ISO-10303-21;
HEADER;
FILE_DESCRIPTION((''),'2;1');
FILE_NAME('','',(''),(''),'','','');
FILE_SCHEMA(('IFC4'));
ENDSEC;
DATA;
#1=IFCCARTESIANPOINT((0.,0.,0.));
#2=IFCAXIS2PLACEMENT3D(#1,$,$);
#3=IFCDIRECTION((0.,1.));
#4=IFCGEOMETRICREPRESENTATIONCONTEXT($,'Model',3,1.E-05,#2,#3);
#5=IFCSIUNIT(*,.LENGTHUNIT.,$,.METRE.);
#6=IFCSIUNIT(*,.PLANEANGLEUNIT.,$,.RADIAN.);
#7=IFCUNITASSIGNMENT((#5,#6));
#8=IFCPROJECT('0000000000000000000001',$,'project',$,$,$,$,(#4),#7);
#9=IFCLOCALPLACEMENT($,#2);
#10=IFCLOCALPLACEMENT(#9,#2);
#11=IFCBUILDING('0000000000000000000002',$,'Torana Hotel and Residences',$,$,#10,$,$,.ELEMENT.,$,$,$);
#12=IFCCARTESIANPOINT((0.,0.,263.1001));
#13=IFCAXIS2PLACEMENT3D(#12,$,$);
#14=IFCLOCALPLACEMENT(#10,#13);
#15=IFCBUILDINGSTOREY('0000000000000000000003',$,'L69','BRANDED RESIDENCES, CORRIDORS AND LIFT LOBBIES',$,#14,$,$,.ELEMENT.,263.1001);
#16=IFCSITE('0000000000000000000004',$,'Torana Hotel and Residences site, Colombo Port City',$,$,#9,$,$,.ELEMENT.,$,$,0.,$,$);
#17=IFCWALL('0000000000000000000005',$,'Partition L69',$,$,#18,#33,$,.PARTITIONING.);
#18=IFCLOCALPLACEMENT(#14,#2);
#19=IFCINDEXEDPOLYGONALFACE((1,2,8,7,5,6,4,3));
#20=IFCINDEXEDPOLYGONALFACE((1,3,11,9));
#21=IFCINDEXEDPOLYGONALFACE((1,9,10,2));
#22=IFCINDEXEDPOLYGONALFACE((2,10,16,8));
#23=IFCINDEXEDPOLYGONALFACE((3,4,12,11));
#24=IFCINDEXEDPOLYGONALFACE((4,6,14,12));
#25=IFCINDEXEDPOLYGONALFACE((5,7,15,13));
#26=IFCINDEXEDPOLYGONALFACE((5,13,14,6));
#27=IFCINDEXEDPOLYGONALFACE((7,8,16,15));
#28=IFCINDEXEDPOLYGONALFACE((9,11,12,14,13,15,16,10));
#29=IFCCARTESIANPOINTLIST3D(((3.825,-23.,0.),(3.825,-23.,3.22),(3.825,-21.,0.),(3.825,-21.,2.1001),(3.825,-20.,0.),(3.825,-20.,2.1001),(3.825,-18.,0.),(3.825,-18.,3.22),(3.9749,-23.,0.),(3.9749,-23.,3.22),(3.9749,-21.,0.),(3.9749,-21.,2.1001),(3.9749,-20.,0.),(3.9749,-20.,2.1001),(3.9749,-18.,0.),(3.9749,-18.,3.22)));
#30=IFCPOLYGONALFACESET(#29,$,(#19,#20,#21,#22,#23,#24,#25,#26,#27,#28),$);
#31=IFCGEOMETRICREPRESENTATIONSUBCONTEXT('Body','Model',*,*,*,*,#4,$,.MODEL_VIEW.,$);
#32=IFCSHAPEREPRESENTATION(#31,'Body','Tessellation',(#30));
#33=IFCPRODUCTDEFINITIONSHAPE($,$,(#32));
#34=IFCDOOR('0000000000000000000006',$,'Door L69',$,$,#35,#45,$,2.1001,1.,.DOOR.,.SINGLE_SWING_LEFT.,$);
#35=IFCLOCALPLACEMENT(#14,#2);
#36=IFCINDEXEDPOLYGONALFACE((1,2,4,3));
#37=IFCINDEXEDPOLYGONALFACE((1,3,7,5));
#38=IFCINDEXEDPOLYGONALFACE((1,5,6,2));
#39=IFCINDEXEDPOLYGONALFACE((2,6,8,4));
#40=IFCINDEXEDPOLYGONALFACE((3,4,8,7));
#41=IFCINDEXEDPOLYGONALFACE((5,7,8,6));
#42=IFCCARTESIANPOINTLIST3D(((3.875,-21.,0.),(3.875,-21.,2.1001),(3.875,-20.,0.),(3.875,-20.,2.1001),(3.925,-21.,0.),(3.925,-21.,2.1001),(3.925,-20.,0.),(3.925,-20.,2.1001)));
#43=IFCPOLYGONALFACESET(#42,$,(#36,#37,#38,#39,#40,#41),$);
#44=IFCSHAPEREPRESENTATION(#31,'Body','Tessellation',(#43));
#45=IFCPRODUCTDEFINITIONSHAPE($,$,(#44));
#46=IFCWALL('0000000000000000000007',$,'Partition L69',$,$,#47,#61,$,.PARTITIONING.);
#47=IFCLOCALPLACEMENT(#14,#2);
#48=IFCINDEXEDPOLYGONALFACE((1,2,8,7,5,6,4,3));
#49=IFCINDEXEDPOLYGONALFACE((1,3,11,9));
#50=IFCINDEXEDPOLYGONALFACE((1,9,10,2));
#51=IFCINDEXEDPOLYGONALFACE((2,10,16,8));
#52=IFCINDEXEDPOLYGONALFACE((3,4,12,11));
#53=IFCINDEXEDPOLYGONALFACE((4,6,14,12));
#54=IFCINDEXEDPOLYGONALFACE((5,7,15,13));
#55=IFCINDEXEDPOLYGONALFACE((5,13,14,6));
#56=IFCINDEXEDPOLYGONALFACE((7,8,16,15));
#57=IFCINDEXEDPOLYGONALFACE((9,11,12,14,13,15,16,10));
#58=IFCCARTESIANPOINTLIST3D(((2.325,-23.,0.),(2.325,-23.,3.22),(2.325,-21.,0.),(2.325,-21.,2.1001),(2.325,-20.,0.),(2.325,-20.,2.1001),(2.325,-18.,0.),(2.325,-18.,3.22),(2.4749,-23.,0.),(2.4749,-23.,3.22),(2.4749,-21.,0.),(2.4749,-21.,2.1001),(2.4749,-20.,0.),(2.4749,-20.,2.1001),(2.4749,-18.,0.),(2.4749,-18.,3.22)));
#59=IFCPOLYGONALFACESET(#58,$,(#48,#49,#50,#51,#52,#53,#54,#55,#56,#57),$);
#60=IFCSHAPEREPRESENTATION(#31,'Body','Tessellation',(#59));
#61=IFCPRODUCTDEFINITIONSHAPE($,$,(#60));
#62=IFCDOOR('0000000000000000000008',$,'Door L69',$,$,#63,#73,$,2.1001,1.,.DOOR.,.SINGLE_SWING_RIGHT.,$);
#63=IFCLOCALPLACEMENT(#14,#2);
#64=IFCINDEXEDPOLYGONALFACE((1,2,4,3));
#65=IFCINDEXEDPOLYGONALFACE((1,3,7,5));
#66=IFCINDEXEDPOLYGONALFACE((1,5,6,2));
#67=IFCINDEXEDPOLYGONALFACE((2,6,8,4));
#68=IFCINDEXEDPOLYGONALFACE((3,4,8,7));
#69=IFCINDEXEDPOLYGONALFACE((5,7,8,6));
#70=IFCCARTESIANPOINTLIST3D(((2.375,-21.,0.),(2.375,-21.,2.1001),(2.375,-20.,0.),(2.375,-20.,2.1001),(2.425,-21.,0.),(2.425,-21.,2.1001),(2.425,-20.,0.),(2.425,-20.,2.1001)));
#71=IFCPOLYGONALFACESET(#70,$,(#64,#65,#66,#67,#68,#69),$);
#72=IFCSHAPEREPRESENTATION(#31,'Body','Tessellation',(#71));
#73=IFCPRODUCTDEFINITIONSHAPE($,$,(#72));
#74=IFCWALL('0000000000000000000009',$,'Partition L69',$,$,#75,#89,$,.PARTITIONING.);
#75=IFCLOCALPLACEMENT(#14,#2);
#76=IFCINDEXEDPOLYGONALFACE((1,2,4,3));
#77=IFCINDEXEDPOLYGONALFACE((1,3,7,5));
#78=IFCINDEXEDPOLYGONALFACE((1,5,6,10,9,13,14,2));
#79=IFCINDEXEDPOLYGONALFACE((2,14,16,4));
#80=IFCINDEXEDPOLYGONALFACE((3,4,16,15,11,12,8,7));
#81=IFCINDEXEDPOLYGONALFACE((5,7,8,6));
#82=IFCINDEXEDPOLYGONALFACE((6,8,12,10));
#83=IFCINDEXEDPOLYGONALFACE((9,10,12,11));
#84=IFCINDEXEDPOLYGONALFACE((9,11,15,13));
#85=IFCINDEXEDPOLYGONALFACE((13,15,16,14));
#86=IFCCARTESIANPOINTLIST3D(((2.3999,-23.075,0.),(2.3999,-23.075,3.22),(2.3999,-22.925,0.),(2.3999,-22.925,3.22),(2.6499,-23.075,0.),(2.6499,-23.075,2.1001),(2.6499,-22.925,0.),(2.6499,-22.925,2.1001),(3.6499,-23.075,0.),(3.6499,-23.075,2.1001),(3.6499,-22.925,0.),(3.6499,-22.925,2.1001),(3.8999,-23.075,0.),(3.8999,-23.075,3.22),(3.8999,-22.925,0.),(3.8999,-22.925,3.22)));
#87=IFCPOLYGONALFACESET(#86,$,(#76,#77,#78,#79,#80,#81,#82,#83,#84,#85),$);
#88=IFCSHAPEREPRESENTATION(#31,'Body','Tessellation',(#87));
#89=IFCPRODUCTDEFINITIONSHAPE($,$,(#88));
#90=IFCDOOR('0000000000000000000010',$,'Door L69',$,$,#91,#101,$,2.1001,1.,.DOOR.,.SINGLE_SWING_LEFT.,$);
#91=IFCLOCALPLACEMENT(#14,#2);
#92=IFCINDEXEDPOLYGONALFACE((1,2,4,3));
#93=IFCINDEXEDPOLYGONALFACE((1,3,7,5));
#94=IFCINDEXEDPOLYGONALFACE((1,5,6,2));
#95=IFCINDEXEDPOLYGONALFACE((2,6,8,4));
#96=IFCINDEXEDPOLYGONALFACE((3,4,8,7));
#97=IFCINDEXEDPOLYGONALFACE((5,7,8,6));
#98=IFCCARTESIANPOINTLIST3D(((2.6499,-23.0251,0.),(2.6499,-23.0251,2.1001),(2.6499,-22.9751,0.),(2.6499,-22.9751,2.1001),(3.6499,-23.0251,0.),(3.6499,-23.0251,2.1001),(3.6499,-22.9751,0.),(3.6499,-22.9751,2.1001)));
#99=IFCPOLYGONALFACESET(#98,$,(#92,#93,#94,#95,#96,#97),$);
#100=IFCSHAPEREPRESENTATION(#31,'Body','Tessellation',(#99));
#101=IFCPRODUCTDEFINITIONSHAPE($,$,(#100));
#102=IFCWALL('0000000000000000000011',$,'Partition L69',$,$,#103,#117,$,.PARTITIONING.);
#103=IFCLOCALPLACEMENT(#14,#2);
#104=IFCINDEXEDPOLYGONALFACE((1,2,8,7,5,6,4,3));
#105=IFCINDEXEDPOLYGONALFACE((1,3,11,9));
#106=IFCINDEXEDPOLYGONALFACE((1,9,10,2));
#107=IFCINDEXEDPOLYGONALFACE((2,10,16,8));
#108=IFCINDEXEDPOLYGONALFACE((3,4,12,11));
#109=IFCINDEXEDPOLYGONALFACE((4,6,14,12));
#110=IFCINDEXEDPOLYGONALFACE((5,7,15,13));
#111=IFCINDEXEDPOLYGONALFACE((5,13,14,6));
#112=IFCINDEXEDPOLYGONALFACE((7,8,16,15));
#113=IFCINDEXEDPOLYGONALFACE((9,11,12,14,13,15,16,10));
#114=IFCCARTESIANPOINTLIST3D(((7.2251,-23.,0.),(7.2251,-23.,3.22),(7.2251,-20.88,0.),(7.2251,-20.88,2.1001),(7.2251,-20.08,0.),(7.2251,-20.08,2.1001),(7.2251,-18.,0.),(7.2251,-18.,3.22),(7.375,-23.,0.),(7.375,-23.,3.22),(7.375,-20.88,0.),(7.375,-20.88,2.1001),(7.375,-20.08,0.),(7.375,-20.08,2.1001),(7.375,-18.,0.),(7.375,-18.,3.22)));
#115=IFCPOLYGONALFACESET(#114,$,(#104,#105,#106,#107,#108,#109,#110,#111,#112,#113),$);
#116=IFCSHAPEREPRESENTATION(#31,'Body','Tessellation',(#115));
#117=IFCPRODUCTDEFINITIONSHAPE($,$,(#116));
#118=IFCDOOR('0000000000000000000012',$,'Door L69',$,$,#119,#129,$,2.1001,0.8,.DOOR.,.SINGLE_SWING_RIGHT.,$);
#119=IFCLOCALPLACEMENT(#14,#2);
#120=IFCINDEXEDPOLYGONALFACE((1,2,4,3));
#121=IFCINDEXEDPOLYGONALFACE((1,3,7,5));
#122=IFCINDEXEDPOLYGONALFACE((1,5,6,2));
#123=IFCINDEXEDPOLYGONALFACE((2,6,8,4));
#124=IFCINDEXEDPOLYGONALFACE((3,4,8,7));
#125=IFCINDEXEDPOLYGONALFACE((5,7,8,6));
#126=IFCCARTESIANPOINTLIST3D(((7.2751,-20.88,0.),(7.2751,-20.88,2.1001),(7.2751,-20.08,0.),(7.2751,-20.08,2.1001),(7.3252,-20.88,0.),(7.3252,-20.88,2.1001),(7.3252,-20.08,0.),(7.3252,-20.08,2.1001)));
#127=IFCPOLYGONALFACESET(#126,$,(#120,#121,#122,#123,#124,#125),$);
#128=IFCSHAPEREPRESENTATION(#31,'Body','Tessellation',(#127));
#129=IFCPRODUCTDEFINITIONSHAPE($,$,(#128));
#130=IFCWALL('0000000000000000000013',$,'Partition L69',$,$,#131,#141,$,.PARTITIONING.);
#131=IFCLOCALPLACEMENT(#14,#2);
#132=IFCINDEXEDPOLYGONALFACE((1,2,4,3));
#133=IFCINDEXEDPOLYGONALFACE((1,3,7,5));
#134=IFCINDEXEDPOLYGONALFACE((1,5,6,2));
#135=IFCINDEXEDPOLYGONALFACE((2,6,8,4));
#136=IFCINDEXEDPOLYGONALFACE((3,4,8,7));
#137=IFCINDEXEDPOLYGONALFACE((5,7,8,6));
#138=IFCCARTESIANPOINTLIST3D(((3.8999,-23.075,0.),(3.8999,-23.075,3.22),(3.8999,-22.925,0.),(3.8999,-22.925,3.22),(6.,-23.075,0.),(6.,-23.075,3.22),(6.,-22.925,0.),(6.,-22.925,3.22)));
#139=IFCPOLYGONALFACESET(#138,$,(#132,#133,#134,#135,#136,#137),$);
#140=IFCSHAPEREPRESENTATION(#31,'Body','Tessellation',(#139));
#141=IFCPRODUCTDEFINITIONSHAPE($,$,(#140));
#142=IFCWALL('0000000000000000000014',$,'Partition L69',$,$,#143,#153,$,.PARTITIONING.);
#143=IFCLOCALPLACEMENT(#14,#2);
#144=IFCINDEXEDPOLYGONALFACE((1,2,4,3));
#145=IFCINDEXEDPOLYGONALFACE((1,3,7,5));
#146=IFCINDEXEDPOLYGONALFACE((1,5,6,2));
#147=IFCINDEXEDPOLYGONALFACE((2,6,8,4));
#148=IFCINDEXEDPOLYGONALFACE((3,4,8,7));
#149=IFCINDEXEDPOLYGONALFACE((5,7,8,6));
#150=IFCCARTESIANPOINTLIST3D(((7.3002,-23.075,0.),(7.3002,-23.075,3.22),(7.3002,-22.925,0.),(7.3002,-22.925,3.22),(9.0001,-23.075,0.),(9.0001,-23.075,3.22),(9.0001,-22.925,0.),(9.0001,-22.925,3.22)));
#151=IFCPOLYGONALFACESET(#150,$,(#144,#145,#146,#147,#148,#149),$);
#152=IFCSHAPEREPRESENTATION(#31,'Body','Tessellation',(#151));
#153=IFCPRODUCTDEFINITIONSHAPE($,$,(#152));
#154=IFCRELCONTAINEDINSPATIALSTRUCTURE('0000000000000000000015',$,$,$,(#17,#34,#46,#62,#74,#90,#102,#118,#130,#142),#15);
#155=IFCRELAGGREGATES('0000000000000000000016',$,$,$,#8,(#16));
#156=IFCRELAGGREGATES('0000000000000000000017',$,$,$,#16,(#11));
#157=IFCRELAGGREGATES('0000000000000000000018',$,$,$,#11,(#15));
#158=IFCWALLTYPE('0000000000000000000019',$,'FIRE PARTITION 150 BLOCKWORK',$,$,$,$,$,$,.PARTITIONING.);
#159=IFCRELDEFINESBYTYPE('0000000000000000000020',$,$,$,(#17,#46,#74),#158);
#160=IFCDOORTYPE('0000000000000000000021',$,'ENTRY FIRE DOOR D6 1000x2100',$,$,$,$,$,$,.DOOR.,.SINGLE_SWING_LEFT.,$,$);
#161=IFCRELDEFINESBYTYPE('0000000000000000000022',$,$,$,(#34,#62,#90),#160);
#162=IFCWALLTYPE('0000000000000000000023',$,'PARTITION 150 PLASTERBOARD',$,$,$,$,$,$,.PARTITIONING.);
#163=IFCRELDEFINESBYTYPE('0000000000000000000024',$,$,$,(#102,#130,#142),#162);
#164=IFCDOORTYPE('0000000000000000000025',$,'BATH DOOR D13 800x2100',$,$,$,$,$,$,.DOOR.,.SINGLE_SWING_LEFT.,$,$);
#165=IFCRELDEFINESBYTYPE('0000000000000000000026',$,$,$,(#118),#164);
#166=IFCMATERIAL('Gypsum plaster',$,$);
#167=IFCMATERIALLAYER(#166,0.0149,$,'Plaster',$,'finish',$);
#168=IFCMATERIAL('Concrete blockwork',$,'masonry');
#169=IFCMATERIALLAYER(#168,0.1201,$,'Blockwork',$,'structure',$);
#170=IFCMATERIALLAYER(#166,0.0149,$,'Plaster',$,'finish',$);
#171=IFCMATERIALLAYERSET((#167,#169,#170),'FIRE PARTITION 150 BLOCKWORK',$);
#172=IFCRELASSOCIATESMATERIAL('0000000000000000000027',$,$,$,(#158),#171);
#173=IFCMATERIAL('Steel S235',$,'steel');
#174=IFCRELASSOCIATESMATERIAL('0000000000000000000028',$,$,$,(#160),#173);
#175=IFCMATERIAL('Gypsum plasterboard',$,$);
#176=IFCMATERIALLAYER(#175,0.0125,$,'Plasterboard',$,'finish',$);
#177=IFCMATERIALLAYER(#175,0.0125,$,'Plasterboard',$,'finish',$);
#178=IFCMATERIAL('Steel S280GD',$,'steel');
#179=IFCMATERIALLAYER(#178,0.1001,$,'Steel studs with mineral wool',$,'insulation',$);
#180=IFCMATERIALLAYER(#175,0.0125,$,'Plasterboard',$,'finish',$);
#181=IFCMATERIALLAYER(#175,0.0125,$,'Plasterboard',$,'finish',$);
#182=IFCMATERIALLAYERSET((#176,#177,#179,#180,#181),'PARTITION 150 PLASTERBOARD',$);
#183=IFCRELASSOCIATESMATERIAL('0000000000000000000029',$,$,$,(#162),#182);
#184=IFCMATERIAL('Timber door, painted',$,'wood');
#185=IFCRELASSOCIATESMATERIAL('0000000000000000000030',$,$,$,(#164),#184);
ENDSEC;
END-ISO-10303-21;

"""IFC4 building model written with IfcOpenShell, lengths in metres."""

from ifc_helpers import new_model, si_unit, direction, frame, frame_2d, origin, place, context, subcontext, project, spatial, rectangle, extrude, material, layer, layer_set, type_object, element, fill, save


model = new_model("IFC4")

# Units and contexts
model_context = context("Model", 3, precision=1e-05, world=origin(), true_north=direction((0.0, 1.0)))
body_context = subcontext(model_context, "Body", "Model", "MODEL_VIEW")
ifc_project = project(units=[si_unit("LENGTHUNIT", "METRE"), si_unit("PLANEANGLEUNIT", "RADIAN")], contexts=[model_context])

# Site, building, storey
site_placement = place(None, origin())
site = spatial("IfcSite", under=ifc_project, at=site_placement, Name="Torana Hotel and Residences site, Colombo Port City", CompositionType="ELEMENT", RefElevation=0.0)
building_placement = place(site_placement, origin())
building = spatial("IfcBuilding", under=site, at=building_placement, Name="Torana Hotel and Residences", CompositionType="ELEMENT")
storey_placement = place(building_placement, frame((0.0, 0.0, 263.1001)))
storey = spatial("IfcBuildingStorey", under=building, at=storey_placement, Name="L69", Description="BRANDED RESIDENCES, CORRIDORS AND LIFT LOBBIES", CompositionType="ELEMENT", Elevation=263.1001)

# Walls, openings, doors
ifc_material_1 = material(Name="Gypsum plaster")
ifc_layer_1 = layer(ifc_material_1, 0.0149, Name="Plaster", Category="finish")
ifc_material_2 = material(Name="Concrete blockwork", Category="masonry")
ifc_layer_2 = layer(ifc_material_2, 0.1201, Name="Blockwork", Category="structure")
ifc_layer_3 = layer(ifc_material_1, 0.0149, Name="Plaster", Category="finish")
ifc_layer_set_1 = layer_set([ifc_layer_1, ifc_layer_2, ifc_layer_3], Name="FIRE PARTITION 150 BLOCKWORK")
wall_type_1 = type_object("IfcWallType", Name="FIRE PARTITION 150 BLOCKWORK", PredefinedType="PARTITIONING", material=ifc_layer_set_1)
wall_1_placement = place(storey_placement, frame((3.8999, -23.0, 0.0), z_axis=(0.0, 0.0, 1.0), x_axis=(0.0, 1.0, 0.0)))
wall_1 = element("IfcWall", 1, at=wall_1_placement, inside=storey, type_object=wall_type_1, Name="Partition L69", PredefinedType="PARTITIONING", context=body_context, shape_type="SweptSolid", body=[
    extrude(rectangle(XDim=5.0, YDim=0.1499, at=frame_2d((2.5, 0.0))), origin(), (0.0, 0.0, 1.0), 3.22),
])
opening_1_placement = place(wall_1_placement, frame((2.0, 0.0, 0.0)))
opening_1 = element("IfcOpeningElement", 2, at=opening_1_placement, cuts=wall_1, PredefinedType="OPENING", context=body_context, shape_type="SweptSolid", body=[
    extrude(rectangle(XDim=1.0, YDim=2.1001, at=frame_2d((0.5, 1.05))), frame((0.0, 0.085, 0.0), z_axis=(0.0, -1.0, 0.0), x_axis=(1.0, 0.0, 0.0)), (0.0, 0.0, 1.0), 0.1699),
])
ifc_material_3 = material(Name="Steel S235", Category="steel")
door_type_1 = type_object("IfcDoorType", Name="ENTRY FIRE DOOR D6 1000x2100", OperationType="SINGLE_SWING_LEFT", PredefinedType="DOOR", material=ifc_material_3)
door_1_placement = place(opening_1_placement, frame((0.5, 0.0, 0.0), z_axis=(0.0, 0.0, 1.0), x_axis=(-1.0, 0.0, 0.0)))
door_1 = element("IfcDoor", 3, at=door_1_placement, inside=storey, type_object=door_type_1, Name="Door L69", OperationType="SINGLE_SWING_LEFT", OverallHeight=2.1001, OverallWidth=1.0, PredefinedType="DOOR", context=body_context, shape_type="SweptSolid", body=[
    extrude(rectangle(XDim=1.0, YDim=2.1001, at=frame_2d((0.0, 1.05))), frame((0.0, -0.0249, 0.0), z_axis=(0.0, 1.0, 0.0), x_axis=(-1.0, 0.0, 0.0)), (0.0, 0.0, 1.0), 0.05),
])
fill(opening_1, door_1)
wall_2_placement = place(storey_placement, frame((2.3999, -23.0, 0.0), z_axis=(0.0, 0.0, 1.0), x_axis=(0.0, 1.0, 0.0)))
wall_2 = element("IfcWall", 4, at=wall_2_placement, inside=storey, type_object=wall_type_1, Name="Partition L69", PredefinedType="PARTITIONING", context=body_context, shape_type="SweptSolid", body=[
    extrude(rectangle(XDim=5.0, YDim=0.1499, at=frame_2d((2.5, 0.0))), origin(), (0.0, 0.0, 1.0), 3.22),
])
opening_2_placement = place(wall_2_placement, frame((2.0, 0.0, 0.0)))
opening_2 = element("IfcOpeningElement", 5, at=opening_2_placement, cuts=wall_2, PredefinedType="OPENING", context=body_context, shape_type="SweptSolid", body=[
    extrude(rectangle(XDim=1.0, YDim=2.1001, at=frame_2d((0.5, 1.05))), frame((0.0, 0.085, 0.0), z_axis=(0.0, -1.0, 0.0), x_axis=(1.0, 0.0, 0.0)), (0.0, 0.0, 1.0), 0.1699),
])
door_2_placement = place(opening_2_placement, origin())
door_2 = element("IfcDoor", 6, at=door_2_placement, inside=storey, type_object=door_type_1, Name="Door L69", OperationType="SINGLE_SWING_RIGHT", OverallHeight=2.1001, OverallWidth=1.0, PredefinedType="DOOR", context=body_context, shape_type="SweptSolid", body=[
    extrude(rectangle(XDim=1.0, YDim=2.1001, at=frame_2d((0.5, 1.05))), frame((0.0, 0.0249, 0.0), z_axis=(0.0, -1.0, 0.0), x_axis=(1.0, 0.0, 0.0)), (0.0, 0.0, 1.0), 0.05),
])
fill(opening_2, door_2)
wall_3_placement = place(storey_placement, frame((2.3999, -23.0, 0.0), z_axis=(0.0, 0.0, 1.0), x_axis=(1.0, 0.0, 0.0)))
wall_3 = element("IfcWall", 7, at=wall_3_placement, inside=storey, type_object=wall_type_1, Name="Partition L69", PredefinedType="PARTITIONING", context=body_context, shape_type="SweptSolid", body=[
    extrude(rectangle(XDim=1.5, YDim=0.1499, at=frame_2d((0.75, 0.0))), origin(), (0.0, 0.0, 1.0), 3.22),
])
opening_3_placement = place(wall_3_placement, frame((0.25, 0.0, 0.0)))
opening_3 = element("IfcOpeningElement", 8, at=opening_3_placement, cuts=wall_3, PredefinedType="OPENING", context=body_context, shape_type="SweptSolid", body=[
    extrude(rectangle(XDim=1.0, YDim=2.1001, at=frame_2d((0.5, 1.05))), frame((0.0, 0.085, 0.0), z_axis=(0.0, -1.0, 0.0), x_axis=(1.0, 0.0, 0.0)), (0.0, 0.0, 1.0), 0.1699),
])
door_3_placement = place(opening_3_placement, frame((0.5, 0.0, 0.0), z_axis=(0.0, 0.0, 1.0), x_axis=(-1.0, 0.0, 0.0)))
door_3 = element("IfcDoor", 9, at=door_3_placement, inside=storey, type_object=door_type_1, Name="Door L69", OperationType="SINGLE_SWING_LEFT", OverallHeight=2.1001, OverallWidth=1.0, PredefinedType="DOOR", context=body_context, shape_type="SweptSolid", body=[
    extrude(rectangle(XDim=1.0, YDim=2.1001, at=frame_2d((0.0, 1.05))), frame((0.0, -0.0249, 0.0), z_axis=(0.0, 1.0, 0.0), x_axis=(-1.0, 0.0, 0.0)), (0.0, 0.0, 1.0), 0.05),
])
fill(opening_3, door_3)
ifc_material_4 = material(Name="Gypsum plasterboard")
ifc_layer_4 = layer(ifc_material_4, 0.0125, Name="Plasterboard", Category="finish")
ifc_layer_5 = layer(ifc_material_4, 0.0125, Name="Plasterboard", Category="finish")
ifc_material_5 = material(Name="Steel S280GD", Category="steel")
ifc_layer_6 = layer(ifc_material_5, 0.1001, Name="Steel studs with mineral wool", Category="insulation")
ifc_layer_7 = layer(ifc_material_4, 0.0125, Name="Plasterboard", Category="finish")
ifc_layer_8 = layer(ifc_material_4, 0.0125, Name="Plasterboard", Category="finish")
ifc_layer_set_2 = layer_set([ifc_layer_4, ifc_layer_5, ifc_layer_6, ifc_layer_7, ifc_layer_8], Name="PARTITION 150 PLASTERBOARD")
wall_type_2 = type_object("IfcWallType", Name="PARTITION 150 PLASTERBOARD", PredefinedType="PARTITIONING", material=ifc_layer_set_2)
wall_4_placement = place(storey_placement, frame((7.3, -23.0, 0.0), z_axis=(0.0, 0.0, 1.0), x_axis=(0.0, 1.0, 0.0)))
wall_4 = element("IfcWall", 10, at=wall_4_placement, inside=storey, type_object=wall_type_2, Name="Partition L69", PredefinedType="PARTITIONING", context=body_context, shape_type="SweptSolid", body=[
    extrude(rectangle(XDim=5.0, YDim=0.1499, at=frame_2d((2.5, 0.0))), origin(), (0.0, 0.0, 1.0), 3.22),
])
opening_4_placement = place(wall_4_placement, frame((2.1201, 0.0, 0.0)))
opening_4 = element("IfcOpeningElement", 11, at=opening_4_placement, cuts=wall_4, PredefinedType="OPENING", context=body_context, shape_type="SweptSolid", body=[
    extrude(rectangle(XDim=0.8, YDim=2.1001, at=frame_2d((0.3999, 1.05))), frame((0.0, 0.085, 0.0), z_axis=(0.0, -1.0, 0.0), x_axis=(1.0, 0.0, 0.0)), (0.0, 0.0, 1.0), 0.1699),
])
ifc_material_6 = material(Name="Timber door, painted", Category="wood")
door_type_2 = type_object("IfcDoorType", Name="BATH DOOR D13 800x2100", OperationType="SINGLE_SWING_LEFT", PredefinedType="DOOR", material=ifc_material_6)
door_4_placement = place(opening_4_placement, origin())
door_4 = element("IfcDoor", 12, at=door_4_placement, inside=storey, type_object=door_type_2, Name="Door L69", OperationType="SINGLE_SWING_RIGHT", OverallHeight=2.1001, OverallWidth=0.8, PredefinedType="DOOR", context=body_context, shape_type="SweptSolid", body=[
    extrude(rectangle(XDim=0.8, YDim=2.1001, at=frame_2d((0.3999, 1.05))), frame((0.0, 0.0249, 0.0), z_axis=(0.0, -1.0, 0.0), x_axis=(1.0, 0.0, 0.0)), (0.0, 0.0, 1.0), 0.05),
])
fill(opening_4, door_4)

# Walls
wall_5_placement = place(storey_placement, frame((3.8999, -23.0, 0.0), z_axis=(0.0, 0.0, 1.0), x_axis=(1.0, 0.0, 0.0)))
element("IfcWall", 13, at=wall_5_placement, inside=storey, type_object=wall_type_2, Name="Partition L69", PredefinedType="PARTITIONING", context=body_context, shape_type="SweptSolid", body=[
    extrude(rectangle(XDim=2.1001, YDim=0.1499, at=frame_2d((1.05, 0.0))), origin(), (0.0, 0.0, 1.0), 3.22),
])
wall_6_placement = place(storey_placement, frame((7.3, -23.0, 0.0), z_axis=(0.0, 0.0, 1.0), x_axis=(1.0, 0.0, 0.0)))
element("IfcWall", 14, at=wall_6_placement, inside=storey, type_object=wall_type_2, Name="Partition L69", PredefinedType="PARTITIONING", context=body_context, shape_type="SweptSolid", body=[
    extrude(rectangle(XDim=1.7, YDim=0.1499, at=frame_2d((0.8501, 0.0))), origin(), (0.0, 0.0, 1.0), 3.22),
])

save(model, "model.ifc")
